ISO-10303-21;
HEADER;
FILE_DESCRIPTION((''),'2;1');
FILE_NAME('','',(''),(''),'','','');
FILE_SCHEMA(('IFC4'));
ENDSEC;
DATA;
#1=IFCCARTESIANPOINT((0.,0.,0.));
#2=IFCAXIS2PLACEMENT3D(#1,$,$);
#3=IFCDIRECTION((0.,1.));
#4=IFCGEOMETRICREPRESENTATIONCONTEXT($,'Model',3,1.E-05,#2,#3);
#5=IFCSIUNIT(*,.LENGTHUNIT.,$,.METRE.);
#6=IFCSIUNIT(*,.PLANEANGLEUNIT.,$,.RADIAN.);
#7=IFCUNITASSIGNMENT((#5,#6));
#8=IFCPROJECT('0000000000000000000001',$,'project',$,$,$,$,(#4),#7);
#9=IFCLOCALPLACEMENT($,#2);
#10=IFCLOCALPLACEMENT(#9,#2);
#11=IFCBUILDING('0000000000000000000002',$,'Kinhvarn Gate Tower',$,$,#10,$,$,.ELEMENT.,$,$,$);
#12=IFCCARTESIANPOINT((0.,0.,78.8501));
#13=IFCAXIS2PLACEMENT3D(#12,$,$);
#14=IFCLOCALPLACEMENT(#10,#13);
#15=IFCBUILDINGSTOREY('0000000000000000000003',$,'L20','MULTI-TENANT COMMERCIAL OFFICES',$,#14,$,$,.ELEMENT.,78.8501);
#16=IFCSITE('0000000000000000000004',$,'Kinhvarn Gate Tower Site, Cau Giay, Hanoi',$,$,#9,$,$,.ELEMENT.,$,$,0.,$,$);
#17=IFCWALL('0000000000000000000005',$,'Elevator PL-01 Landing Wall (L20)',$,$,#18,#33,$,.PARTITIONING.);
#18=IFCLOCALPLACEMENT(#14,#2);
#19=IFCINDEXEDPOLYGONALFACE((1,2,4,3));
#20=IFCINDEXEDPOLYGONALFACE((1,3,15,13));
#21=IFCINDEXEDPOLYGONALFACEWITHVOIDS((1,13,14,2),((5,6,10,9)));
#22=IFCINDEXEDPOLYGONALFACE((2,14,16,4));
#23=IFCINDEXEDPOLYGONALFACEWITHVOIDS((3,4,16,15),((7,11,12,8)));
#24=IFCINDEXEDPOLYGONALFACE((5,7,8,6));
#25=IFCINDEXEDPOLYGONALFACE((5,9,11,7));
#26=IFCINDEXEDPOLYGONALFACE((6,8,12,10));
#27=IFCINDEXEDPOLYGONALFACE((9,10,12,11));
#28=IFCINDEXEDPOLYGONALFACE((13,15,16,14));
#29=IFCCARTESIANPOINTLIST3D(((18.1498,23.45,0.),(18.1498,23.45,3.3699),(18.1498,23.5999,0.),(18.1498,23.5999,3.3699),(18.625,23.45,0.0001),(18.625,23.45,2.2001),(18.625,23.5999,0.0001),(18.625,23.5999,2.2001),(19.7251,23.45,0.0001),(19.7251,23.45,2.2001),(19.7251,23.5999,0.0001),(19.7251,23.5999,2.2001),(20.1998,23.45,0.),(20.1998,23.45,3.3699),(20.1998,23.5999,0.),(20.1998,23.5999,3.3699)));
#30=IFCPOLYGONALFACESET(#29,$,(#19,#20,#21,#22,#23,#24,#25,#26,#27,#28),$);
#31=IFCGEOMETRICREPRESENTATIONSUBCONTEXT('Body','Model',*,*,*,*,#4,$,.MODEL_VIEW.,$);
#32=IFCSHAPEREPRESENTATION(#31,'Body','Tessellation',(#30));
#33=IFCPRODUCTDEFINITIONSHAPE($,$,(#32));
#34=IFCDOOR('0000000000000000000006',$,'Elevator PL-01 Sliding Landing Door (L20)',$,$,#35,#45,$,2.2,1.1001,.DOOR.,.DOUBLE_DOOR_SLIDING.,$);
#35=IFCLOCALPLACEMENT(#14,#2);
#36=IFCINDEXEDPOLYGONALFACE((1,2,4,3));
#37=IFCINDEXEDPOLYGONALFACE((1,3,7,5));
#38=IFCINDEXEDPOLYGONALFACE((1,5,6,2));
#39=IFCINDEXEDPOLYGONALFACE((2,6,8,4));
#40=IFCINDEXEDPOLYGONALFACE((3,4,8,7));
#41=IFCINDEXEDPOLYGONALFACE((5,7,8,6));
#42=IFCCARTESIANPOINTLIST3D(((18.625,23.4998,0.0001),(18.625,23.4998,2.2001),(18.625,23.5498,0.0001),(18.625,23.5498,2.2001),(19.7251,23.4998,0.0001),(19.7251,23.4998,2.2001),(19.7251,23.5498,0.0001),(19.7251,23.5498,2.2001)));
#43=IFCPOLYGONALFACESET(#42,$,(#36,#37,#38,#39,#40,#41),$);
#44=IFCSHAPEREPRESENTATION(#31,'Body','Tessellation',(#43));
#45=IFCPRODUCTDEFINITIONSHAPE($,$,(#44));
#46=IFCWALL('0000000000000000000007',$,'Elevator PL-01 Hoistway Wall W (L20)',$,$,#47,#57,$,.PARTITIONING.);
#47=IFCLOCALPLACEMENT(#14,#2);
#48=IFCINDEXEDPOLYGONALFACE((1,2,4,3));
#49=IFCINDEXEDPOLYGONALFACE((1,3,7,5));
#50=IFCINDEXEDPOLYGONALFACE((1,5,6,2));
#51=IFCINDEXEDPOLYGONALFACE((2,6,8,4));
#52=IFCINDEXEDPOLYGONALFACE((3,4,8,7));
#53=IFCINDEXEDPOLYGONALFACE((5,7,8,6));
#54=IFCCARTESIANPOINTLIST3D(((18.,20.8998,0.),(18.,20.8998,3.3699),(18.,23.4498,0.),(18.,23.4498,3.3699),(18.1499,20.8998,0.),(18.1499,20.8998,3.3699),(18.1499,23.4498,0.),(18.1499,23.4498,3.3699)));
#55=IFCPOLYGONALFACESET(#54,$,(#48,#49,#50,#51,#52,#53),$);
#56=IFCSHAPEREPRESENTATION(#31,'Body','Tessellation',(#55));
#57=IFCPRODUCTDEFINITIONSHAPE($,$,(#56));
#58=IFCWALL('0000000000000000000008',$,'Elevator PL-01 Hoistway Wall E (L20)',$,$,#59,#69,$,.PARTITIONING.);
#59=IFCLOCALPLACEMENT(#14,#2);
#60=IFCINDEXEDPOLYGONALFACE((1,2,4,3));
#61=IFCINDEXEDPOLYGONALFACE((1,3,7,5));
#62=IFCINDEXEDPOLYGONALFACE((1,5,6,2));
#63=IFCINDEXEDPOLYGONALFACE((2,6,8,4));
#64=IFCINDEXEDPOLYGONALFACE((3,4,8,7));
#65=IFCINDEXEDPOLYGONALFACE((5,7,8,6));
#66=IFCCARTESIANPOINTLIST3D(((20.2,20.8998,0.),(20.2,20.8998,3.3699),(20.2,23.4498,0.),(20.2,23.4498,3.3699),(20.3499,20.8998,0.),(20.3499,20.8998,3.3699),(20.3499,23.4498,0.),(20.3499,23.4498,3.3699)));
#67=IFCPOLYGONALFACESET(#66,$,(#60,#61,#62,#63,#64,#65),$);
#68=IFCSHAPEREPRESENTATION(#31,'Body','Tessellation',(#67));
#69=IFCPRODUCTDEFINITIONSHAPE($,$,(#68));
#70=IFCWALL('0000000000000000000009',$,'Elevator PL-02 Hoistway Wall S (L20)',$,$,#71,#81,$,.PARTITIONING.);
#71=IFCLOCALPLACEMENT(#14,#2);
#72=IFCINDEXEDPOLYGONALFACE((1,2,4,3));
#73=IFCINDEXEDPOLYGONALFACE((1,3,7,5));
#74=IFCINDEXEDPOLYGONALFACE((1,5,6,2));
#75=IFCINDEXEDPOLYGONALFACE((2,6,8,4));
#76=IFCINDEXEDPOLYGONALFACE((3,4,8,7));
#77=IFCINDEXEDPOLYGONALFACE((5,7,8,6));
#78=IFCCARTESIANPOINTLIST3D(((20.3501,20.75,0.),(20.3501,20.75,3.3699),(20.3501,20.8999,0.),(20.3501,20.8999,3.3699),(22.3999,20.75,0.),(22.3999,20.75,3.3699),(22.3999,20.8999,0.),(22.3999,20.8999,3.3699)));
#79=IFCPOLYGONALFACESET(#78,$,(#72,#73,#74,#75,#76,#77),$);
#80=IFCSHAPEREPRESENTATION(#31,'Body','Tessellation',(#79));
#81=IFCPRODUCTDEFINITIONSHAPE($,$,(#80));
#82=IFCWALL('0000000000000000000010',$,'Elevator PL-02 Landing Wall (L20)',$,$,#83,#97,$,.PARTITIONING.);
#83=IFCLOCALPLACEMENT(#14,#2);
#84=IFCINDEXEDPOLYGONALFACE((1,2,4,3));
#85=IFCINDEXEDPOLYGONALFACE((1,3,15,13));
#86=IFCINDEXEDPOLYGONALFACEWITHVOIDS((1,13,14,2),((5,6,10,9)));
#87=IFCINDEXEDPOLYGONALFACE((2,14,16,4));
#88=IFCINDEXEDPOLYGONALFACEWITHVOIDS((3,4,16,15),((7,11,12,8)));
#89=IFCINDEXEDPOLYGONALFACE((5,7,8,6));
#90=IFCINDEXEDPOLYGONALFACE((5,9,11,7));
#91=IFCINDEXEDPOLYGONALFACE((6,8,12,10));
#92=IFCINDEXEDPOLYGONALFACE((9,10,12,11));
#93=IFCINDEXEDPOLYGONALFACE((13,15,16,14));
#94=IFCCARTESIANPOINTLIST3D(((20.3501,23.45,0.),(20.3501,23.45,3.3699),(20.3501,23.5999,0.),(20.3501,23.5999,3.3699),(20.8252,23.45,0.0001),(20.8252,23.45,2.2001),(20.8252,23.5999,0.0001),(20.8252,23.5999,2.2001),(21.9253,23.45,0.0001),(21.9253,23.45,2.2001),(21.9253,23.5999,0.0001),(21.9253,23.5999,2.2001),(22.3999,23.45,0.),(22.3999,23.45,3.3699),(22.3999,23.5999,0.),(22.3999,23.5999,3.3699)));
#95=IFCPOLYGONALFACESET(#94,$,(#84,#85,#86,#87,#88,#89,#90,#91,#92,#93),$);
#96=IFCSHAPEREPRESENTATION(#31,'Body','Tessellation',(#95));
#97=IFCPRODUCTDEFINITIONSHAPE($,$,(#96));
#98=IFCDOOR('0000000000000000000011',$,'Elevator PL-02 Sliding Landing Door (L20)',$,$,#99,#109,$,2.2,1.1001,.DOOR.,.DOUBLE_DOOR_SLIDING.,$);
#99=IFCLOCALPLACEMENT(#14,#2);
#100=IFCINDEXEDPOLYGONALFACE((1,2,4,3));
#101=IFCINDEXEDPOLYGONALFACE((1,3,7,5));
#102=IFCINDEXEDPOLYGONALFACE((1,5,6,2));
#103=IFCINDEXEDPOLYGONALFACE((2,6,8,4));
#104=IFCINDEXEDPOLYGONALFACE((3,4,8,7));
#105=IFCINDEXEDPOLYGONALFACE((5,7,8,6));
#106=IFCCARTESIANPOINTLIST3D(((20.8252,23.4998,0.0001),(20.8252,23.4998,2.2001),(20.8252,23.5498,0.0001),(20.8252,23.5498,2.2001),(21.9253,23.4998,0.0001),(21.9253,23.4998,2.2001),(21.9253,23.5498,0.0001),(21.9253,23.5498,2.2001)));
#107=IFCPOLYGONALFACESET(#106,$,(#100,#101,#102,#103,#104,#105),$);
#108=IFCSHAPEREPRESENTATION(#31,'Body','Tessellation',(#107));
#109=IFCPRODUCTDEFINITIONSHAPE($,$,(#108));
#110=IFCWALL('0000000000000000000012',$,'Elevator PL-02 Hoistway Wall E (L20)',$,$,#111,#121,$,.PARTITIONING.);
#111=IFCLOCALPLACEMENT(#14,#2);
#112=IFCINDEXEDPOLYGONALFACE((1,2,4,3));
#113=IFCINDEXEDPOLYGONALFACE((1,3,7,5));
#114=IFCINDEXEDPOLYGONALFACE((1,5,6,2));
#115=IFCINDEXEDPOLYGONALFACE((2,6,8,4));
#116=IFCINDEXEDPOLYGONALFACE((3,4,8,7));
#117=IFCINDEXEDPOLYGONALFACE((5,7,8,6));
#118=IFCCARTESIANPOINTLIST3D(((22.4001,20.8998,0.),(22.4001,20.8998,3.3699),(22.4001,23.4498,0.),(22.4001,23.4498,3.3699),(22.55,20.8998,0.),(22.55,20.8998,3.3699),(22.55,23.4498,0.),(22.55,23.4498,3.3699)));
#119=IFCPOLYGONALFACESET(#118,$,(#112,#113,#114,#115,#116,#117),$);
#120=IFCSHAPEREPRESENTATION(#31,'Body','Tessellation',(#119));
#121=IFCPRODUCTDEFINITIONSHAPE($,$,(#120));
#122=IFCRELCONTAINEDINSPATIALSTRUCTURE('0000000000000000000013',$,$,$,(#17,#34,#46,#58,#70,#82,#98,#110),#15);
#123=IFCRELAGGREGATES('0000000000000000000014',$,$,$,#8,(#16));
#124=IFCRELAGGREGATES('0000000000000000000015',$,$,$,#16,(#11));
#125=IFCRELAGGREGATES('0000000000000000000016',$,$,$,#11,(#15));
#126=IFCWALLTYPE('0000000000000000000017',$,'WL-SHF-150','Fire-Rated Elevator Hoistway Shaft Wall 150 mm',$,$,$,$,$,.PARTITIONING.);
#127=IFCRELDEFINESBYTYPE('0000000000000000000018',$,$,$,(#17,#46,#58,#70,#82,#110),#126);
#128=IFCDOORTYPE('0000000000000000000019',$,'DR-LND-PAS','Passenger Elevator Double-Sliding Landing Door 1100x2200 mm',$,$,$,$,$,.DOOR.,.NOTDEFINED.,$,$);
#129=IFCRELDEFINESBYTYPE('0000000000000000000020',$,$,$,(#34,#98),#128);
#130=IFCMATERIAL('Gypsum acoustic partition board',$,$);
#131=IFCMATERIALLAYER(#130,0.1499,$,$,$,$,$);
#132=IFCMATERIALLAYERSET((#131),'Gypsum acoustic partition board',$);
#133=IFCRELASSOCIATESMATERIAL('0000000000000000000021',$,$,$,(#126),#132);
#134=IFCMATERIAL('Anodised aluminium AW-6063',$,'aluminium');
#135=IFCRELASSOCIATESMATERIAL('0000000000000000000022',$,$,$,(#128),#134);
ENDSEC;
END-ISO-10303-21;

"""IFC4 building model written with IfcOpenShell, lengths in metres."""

from ifc_helpers import new_model, si_unit, direction, frame, frame_2d, origin, place, context, subcontext, project, spatial, rectangle, extrude, material, layer, layer_set, type_object, element, fill, save


model = new_model("IFC4")

# Units and contexts
model_context = context("Model", 3, precision=1e-05, world=origin(), true_north=direction((0.0, 1.0)))
body_context = subcontext(model_context, "Body", "Model", "MODEL_VIEW")
ifc_project = project(units=[si_unit("LENGTHUNIT", "METRE"), si_unit("PLANEANGLEUNIT", "RADIAN")], contexts=[model_context])

# Site, building, storey
site_placement = place(None, origin())
site = spatial("IfcSite", under=ifc_project, at=site_placement, Name="Kinhvarn Gate Tower Site, Cau Giay, Hanoi", CompositionType="ELEMENT", RefElevation=0.0)
building_placement = place(site_placement, origin())
building = spatial("IfcBuilding", under=site, at=building_placement, Name="Kinhvarn Gate Tower", CompositionType="ELEMENT")
storey_placement = place(building_placement, frame((0.0, 0.0, 78.8501)))
storey = spatial("IfcBuildingStorey", under=building, at=storey_placement, Name="L20", Description="MULTI-TENANT COMMERCIAL OFFICES", CompositionType="ELEMENT", Elevation=78.8501)

# Shared definitions
ifc_material_1 = material(Name="Gypsum acoustic partition board")

# Shared definitions
ifc_material_2 = material(Name="Anodised aluminium AW-6063", Category="aluminium")

# Shared definitions
ifc_layer_1 = layer(ifc_material_1, 0.1499)
ifc_layer_set_1 = layer_set([ifc_layer_1], Name="Gypsum acoustic partition board")
wall_type_1 = type_object("IfcWallType", Name="WL-SHF-150", Description="Fire-Rated Elevator Hoistway Shaft Wall 150 mm", PredefinedType="PARTITIONING", material=ifc_layer_set_1)

# Wall, opening, door
wall_1_placement = place(storey_placement, frame((18.1499, 23.5249, 0.0), z_axis=(0.0, 0.0, 1.0), x_axis=(1.0, 0.0, 0.0)))
wall_1 = element("IfcWall", 1, at=wall_1_placement, inside=storey, type_object=wall_type_1, Name="Elevator PL-01 Landing Wall (L20)", PredefinedType="PARTITIONING", context=body_context, shape_type="SweptSolid", body=[
    extrude(rectangle(XDim=2.05, YDim=0.1499, at=frame_2d((1.0249, 0.0))), origin(), (0.0, 0.0, 1.0), 3.3699),
])
opening_1_placement = place(wall_1_placement, frame((0.4751, 0.0, 0.0)))
opening_1 = element("IfcOpeningElement", 2, at=opening_1_placement, cuts=wall_1, PredefinedType="OPENING", context=body_context, shape_type="SweptSolid", body=[
    extrude(rectangle(XDim=1.1001, YDim=2.2, at=frame_2d((0.55, 1.1001))), frame((0.0, 0.085, 0.0), z_axis=(0.0, -1.0, 0.0), x_axis=(1.0, 0.0, 0.0)), (0.0, 0.0, 1.0), 0.1699),
])
door_type_1 = type_object("IfcDoorType", Name="DR-LND-PAS", Description="Passenger Elevator Double-Sliding Landing Door 1100x2200 mm", OperationType="NOTDEFINED", PredefinedType="DOOR", material=ifc_material_2)
door_1_placement = place(opening_1_placement, origin())
door_1 = element("IfcDoor", 3, at=door_1_placement, inside=storey, type_object=door_type_1, Name="Elevator PL-01 Sliding Landing Door (L20)", OperationType="DOUBLE_DOOR_SLIDING", OverallHeight=2.2, OverallWidth=1.1001, PredefinedType="DOOR", context=body_context, shape_type="SweptSolid", body=[
    extrude(rectangle(XDim=1.1001, YDim=2.2, at=frame_2d((0.55, 1.1001))), frame((0.0, 0.0249, 0.0), z_axis=(0.0, -1.0, 0.0), x_axis=(1.0, 0.0, 0.0)), (0.0, 0.0, 1.0), 0.05),
])
fill(opening_1, door_1)

# Walls
for number, where, z_axis, x_axis, name in (
    (4, (18.075, 20.8999, 0.0), (0.0, 0.0, 1.0), (0.0, 1.0, 0.0), "Elevator PL-01 Hoistway Wall W (L20)"),
    (5, (20.2749, 20.8999, 0.0), (0.0, 0.0, 1.0), (0.0, 1.0, 0.0), "Elevator PL-01 Hoistway Wall E (L20)"),
):
    element("IfcWall", number, at=place(storey_placement, frame(where, z_axis=z_axis, x_axis=x_axis)), inside=storey, type_object=wall_type_1, Name=name, PredefinedType="PARTITIONING", context=body_context, shape_type="SweptSolid", body=[
        extrude(rectangle(XDim=2.55, YDim=0.1499, at=frame_2d((1.2749, 0.0))), origin(), (0.0, 0.0, 1.0), 3.3699),
    ])
wall_2_placement = place(storey_placement, frame((20.3501, 20.825, 0.0), z_axis=(0.0, 0.0, 1.0), x_axis=(1.0, 0.0, 0.0)))
element("IfcWall", 6, at=wall_2_placement, inside=storey, type_object=wall_type_1, Name="Elevator PL-02 Hoistway Wall S (L20)", PredefinedType="PARTITIONING", context=body_context, shape_type="SweptSolid", body=[
    extrude(rectangle(XDim=2.0498, YDim=0.1499, at=frame_2d((1.0249, 0.0))), origin(), (0.0, 0.0, 1.0), 3.3699),
])

# Wall, opening, door
wall_3_placement = place(storey_placement, frame((20.3501, 23.5249, 0.0), z_axis=(0.0, 0.0, 1.0), x_axis=(1.0, 0.0, 0.0)))
wall_3 = element("IfcWall", 7, at=wall_3_placement, inside=storey, type_object=wall_type_1, Name="Elevator PL-02 Landing Wall (L20)", PredefinedType="PARTITIONING", context=body_context, shape_type="SweptSolid", body=[
    extrude(rectangle(XDim=2.0498, YDim=0.1499, at=frame_2d((1.0249, 0.0))), origin(), (0.0, 0.0, 1.0), 3.3699),
])
opening_2_placement = place(wall_3_placement, frame((0.4751, 0.0, 0.0)))
opening_2 = element("IfcOpeningElement", 8, at=opening_2_placement, cuts=wall_3, PredefinedType="OPENING", context=body_context, shape_type="SweptSolid", body=[
    extrude(rectangle(XDim=1.1001, YDim=2.2, at=frame_2d((0.55, 1.1001))), frame((0.0, 0.085, 0.0), z_axis=(0.0, -1.0, 0.0), x_axis=(1.0, 0.0, 0.0)), (0.0, 0.0, 1.0), 0.1699),
])
door_2_placement = place(opening_2_placement, origin())
door_2 = element("IfcDoor", 9, at=door_2_placement, inside=storey, type_object=door_type_1, Name="Elevator PL-02 Sliding Landing Door (L20)", OperationType="DOUBLE_DOOR_SLIDING", OverallHeight=2.2, OverallWidth=1.1001, PredefinedType="DOOR", context=body_context, shape_type="SweptSolid", body=[
    extrude(rectangle(XDim=1.1001, YDim=2.2, at=frame_2d((0.55, 1.1001))), frame((0.0, 0.0249, 0.0), z_axis=(0.0, -1.0, 0.0), x_axis=(1.0, 0.0, 0.0)), (0.0, 0.0, 1.0), 0.05),
])
fill(opening_2, door_2)

# Wall
wall_4_placement = place(storey_placement, frame((22.4751, 20.8999, 0.0), z_axis=(0.0, 0.0, 1.0), x_axis=(0.0, 1.0, 0.0)))
element("IfcWall", 10, at=wall_4_placement, inside=storey, type_object=wall_type_1, Name="Elevator PL-02 Hoistway Wall E (L20)", PredefinedType="PARTITIONING", context=body_context, shape_type="SweptSolid", body=[
    extrude(rectangle(XDim=2.55, YDim=0.1499, at=frame_2d((1.2749, 0.0))), origin(), (0.0, 0.0, 1.0), 3.3699),
])

save(model, "model.ifc")
